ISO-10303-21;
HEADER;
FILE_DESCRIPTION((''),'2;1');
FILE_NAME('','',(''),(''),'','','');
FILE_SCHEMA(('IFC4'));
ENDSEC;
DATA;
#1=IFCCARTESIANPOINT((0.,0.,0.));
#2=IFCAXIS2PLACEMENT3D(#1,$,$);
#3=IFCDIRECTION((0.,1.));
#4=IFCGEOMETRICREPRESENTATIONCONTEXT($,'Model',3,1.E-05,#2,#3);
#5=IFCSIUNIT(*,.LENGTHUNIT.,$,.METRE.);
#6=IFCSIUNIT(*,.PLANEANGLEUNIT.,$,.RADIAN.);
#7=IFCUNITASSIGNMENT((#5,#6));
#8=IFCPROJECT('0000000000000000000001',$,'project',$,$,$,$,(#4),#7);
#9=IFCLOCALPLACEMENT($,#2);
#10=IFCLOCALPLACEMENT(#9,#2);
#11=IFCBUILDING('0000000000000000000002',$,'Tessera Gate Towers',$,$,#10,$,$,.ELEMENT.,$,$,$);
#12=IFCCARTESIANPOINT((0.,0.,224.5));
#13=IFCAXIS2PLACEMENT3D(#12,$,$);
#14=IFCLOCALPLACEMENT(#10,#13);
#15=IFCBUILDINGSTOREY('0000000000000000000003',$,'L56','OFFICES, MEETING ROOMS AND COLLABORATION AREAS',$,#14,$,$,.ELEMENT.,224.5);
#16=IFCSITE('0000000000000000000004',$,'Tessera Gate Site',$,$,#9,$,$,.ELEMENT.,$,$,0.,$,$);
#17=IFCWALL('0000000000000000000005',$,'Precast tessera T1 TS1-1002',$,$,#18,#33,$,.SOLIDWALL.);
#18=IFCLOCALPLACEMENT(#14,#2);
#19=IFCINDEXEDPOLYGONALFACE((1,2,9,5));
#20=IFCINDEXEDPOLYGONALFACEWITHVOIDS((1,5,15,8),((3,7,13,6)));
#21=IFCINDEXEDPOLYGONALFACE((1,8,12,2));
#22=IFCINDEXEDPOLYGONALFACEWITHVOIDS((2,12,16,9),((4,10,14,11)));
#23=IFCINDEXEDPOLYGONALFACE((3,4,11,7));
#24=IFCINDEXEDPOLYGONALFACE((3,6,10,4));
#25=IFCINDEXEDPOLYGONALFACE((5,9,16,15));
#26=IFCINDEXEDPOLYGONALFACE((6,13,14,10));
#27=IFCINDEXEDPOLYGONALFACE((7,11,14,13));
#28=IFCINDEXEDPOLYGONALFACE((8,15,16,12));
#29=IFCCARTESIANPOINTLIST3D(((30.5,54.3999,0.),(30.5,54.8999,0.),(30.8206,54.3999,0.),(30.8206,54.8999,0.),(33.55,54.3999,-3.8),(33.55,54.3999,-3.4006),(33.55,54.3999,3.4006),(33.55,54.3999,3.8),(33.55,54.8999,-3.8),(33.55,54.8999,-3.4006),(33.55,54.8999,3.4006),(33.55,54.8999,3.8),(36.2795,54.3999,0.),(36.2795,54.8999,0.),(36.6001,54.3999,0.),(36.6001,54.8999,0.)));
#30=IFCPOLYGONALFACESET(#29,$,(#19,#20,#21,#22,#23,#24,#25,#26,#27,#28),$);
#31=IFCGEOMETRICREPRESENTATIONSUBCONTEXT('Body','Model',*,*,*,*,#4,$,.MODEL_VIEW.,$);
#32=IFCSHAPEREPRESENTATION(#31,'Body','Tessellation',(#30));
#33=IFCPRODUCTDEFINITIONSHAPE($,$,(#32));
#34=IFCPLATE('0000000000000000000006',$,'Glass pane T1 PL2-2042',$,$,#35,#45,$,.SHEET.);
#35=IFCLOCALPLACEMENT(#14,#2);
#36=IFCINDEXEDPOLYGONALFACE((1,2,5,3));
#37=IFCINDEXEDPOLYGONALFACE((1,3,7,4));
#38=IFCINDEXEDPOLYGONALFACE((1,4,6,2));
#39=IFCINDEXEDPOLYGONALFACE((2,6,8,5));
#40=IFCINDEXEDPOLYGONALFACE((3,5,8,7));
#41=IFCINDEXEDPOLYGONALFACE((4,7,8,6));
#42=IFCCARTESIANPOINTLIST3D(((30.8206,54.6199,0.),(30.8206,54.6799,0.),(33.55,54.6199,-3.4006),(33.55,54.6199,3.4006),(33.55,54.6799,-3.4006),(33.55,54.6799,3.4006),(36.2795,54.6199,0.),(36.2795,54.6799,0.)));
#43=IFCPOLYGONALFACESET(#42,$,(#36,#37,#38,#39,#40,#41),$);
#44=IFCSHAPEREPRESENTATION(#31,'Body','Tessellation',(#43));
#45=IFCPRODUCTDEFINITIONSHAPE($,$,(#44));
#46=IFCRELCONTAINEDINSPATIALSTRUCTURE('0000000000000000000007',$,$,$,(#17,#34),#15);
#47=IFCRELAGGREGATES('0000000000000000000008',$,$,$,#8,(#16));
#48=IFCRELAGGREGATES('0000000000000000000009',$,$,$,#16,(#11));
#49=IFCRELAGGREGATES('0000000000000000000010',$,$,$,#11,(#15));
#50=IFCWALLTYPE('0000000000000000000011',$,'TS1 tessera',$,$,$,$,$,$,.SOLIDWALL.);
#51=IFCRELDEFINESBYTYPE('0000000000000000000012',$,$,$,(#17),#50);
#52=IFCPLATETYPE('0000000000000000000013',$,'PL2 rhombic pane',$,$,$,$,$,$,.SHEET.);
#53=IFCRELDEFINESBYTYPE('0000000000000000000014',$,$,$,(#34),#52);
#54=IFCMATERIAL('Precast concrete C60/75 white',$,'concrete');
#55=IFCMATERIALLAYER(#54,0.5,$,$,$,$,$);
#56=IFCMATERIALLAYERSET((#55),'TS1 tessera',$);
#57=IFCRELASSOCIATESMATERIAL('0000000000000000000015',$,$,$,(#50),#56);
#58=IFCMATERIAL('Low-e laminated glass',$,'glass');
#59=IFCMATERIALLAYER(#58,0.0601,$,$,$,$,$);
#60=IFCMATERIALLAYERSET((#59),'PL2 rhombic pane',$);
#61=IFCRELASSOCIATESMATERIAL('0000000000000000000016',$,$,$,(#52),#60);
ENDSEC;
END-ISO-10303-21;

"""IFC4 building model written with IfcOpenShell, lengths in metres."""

from ifc_helpers import new_model, si_unit, direction, frame, origin, place, context, subcontext, project, spatial, polyline, outline, extrude, source, transform, mapped, material, layer, layer_set, type_object, element, fill, save


model = new_model("IFC4")

# Units and contexts
model_context = context("Model", 3, precision=1e-05, world=origin(), true_north=direction((0.0, 1.0)))
body_context = subcontext(model_context, "Body", "Model", "MODEL_VIEW")
ifc_project = project(units=[si_unit("LENGTHUNIT", "METRE"), si_unit("PLANEANGLEUNIT", "RADIAN")], contexts=[model_context])

# Site, building, storey
site_placement = place(None, origin())
site = spatial("IfcSite", under=ifc_project, at=site_placement, Name="Tessera Gate Site", CompositionType="ELEMENT", RefElevation=0.0)
building_placement = place(site_placement, origin())
building = spatial("IfcBuilding", under=site, at=building_placement, Name="Tessera Gate Towers", CompositionType="ELEMENT")
storey_placement = place(building_placement, frame((0.0, 0.0, 224.5)))
storey = spatial("IfcBuildingStorey", under=building, at=storey_placement, Name="L56", Description="OFFICES, MEETING ROOMS AND COLLABORATION AREAS", CompositionType="ELEMENT", Elevation=224.5)

# Wall, opening, plate
ifc_material_1 = material(Name="Precast concrete C60/75 white", Category="concrete")
ifc_layer_1 = layer(ifc_material_1, 0.5)
ifc_layer_set_1 = layer_set([ifc_layer_1], Name="TS1 tessera")
wall_type_1 = type_object("IfcWallType", Name="TS1 tessera", PredefinedType="SOLIDWALL", material=ifc_layer_set_1)
shared_shape_1 = source(origin(), body_context, "Body", "SweptSolid", [
    extrude(outline(polyline([(3.05, 0.0), (6.1001, 3.8), (3.05, 7.6001), (0.0, 3.8), (3.05, 0.0)])), frame((0.0, 0.25, 0.0), z_axis=(0.0, -1.0, 0.0), x_axis=(1.0, 0.0, 0.0)), (0.0, 0.0, 1.0), 0.5),
])
wall_1_placement = place(storey_placement, frame((36.6001, 54.6499, -3.8), z_axis=(0.0, 0.0, 1.0), x_axis=(-1.0, 0.0, 0.0)))
wall_1 = element("IfcWall", 1, at=wall_1_placement, inside=storey, type_object=wall_type_1, Name="Precast tessera T1 TS1-1002", PredefinedType="SOLIDWALL", context=body_context, shape_type="MappedRepresentation", body=[
    mapped(shared_shape_1, transform((0.0, 0.0, 0.0), scale=1.0)),
])
shared_shape_2 = source(origin(), body_context, "Body", "SweptSolid", [
    extrude(outline(polyline([(3.05, 0.3994), (5.7795, 3.8), (3.05, 7.2007), (0.3206, 3.8), (3.05, 0.3994)])), frame((0.0, 0.26, 0.0), z_axis=(0.0, -1.0, 0.0), x_axis=(1.0, 0.0, 0.0)), (0.0, 0.0, 1.0), 0.52),
])
opening_1_placement = place(wall_1_placement, origin())
opening_1 = element("IfcOpeningElement", 2, at=opening_1_placement, cuts=wall_1, PredefinedType="OPENING", context=body_context, shape_type="MappedRepresentation", body=[
    mapped(shared_shape_2, transform((0.0, 0.0, 0.0), scale=1.0)),
])
ifc_material_2 = material(Name="Low-e laminated glass", Category="glass")
ifc_layer_2 = layer(ifc_material_2, 0.0601)
ifc_layer_set_2 = layer_set([ifc_layer_2], Name="PL2 rhombic pane")
plate_type = type_object("IfcPlateType", Name="PL2 rhombic pane", PredefinedType="SHEET", material=ifc_layer_set_2)
shared_shape_3 = source(origin(), body_context, "Body", "SweptSolid", [
    extrude(outline(polyline([(3.05, 0.3994), (5.7795, 3.8), (3.05, 7.2007), (0.3206, 3.8), (3.05, 0.3994)])), frame((0.0, 0.03, 0.0), z_axis=(0.0, -1.0, 0.0), x_axis=(1.0, 0.0, 0.0)), (0.0, 0.0, 1.0), 0.0601),
])
plate_placement = place(opening_1_placement, origin())
plate = element("IfcPlate", 3, at=plate_placement, inside=storey, type_object=plate_type, Name="Glass pane T1 PL2-2042", PredefinedType="SHEET", context=body_context, shape_type="MappedRepresentation", body=[
    mapped(shared_shape_3, transform((0.0, 0.0, 0.0), scale=1.0)),
])
fill(opening_1, plate)

save(model, "model.ifc")
